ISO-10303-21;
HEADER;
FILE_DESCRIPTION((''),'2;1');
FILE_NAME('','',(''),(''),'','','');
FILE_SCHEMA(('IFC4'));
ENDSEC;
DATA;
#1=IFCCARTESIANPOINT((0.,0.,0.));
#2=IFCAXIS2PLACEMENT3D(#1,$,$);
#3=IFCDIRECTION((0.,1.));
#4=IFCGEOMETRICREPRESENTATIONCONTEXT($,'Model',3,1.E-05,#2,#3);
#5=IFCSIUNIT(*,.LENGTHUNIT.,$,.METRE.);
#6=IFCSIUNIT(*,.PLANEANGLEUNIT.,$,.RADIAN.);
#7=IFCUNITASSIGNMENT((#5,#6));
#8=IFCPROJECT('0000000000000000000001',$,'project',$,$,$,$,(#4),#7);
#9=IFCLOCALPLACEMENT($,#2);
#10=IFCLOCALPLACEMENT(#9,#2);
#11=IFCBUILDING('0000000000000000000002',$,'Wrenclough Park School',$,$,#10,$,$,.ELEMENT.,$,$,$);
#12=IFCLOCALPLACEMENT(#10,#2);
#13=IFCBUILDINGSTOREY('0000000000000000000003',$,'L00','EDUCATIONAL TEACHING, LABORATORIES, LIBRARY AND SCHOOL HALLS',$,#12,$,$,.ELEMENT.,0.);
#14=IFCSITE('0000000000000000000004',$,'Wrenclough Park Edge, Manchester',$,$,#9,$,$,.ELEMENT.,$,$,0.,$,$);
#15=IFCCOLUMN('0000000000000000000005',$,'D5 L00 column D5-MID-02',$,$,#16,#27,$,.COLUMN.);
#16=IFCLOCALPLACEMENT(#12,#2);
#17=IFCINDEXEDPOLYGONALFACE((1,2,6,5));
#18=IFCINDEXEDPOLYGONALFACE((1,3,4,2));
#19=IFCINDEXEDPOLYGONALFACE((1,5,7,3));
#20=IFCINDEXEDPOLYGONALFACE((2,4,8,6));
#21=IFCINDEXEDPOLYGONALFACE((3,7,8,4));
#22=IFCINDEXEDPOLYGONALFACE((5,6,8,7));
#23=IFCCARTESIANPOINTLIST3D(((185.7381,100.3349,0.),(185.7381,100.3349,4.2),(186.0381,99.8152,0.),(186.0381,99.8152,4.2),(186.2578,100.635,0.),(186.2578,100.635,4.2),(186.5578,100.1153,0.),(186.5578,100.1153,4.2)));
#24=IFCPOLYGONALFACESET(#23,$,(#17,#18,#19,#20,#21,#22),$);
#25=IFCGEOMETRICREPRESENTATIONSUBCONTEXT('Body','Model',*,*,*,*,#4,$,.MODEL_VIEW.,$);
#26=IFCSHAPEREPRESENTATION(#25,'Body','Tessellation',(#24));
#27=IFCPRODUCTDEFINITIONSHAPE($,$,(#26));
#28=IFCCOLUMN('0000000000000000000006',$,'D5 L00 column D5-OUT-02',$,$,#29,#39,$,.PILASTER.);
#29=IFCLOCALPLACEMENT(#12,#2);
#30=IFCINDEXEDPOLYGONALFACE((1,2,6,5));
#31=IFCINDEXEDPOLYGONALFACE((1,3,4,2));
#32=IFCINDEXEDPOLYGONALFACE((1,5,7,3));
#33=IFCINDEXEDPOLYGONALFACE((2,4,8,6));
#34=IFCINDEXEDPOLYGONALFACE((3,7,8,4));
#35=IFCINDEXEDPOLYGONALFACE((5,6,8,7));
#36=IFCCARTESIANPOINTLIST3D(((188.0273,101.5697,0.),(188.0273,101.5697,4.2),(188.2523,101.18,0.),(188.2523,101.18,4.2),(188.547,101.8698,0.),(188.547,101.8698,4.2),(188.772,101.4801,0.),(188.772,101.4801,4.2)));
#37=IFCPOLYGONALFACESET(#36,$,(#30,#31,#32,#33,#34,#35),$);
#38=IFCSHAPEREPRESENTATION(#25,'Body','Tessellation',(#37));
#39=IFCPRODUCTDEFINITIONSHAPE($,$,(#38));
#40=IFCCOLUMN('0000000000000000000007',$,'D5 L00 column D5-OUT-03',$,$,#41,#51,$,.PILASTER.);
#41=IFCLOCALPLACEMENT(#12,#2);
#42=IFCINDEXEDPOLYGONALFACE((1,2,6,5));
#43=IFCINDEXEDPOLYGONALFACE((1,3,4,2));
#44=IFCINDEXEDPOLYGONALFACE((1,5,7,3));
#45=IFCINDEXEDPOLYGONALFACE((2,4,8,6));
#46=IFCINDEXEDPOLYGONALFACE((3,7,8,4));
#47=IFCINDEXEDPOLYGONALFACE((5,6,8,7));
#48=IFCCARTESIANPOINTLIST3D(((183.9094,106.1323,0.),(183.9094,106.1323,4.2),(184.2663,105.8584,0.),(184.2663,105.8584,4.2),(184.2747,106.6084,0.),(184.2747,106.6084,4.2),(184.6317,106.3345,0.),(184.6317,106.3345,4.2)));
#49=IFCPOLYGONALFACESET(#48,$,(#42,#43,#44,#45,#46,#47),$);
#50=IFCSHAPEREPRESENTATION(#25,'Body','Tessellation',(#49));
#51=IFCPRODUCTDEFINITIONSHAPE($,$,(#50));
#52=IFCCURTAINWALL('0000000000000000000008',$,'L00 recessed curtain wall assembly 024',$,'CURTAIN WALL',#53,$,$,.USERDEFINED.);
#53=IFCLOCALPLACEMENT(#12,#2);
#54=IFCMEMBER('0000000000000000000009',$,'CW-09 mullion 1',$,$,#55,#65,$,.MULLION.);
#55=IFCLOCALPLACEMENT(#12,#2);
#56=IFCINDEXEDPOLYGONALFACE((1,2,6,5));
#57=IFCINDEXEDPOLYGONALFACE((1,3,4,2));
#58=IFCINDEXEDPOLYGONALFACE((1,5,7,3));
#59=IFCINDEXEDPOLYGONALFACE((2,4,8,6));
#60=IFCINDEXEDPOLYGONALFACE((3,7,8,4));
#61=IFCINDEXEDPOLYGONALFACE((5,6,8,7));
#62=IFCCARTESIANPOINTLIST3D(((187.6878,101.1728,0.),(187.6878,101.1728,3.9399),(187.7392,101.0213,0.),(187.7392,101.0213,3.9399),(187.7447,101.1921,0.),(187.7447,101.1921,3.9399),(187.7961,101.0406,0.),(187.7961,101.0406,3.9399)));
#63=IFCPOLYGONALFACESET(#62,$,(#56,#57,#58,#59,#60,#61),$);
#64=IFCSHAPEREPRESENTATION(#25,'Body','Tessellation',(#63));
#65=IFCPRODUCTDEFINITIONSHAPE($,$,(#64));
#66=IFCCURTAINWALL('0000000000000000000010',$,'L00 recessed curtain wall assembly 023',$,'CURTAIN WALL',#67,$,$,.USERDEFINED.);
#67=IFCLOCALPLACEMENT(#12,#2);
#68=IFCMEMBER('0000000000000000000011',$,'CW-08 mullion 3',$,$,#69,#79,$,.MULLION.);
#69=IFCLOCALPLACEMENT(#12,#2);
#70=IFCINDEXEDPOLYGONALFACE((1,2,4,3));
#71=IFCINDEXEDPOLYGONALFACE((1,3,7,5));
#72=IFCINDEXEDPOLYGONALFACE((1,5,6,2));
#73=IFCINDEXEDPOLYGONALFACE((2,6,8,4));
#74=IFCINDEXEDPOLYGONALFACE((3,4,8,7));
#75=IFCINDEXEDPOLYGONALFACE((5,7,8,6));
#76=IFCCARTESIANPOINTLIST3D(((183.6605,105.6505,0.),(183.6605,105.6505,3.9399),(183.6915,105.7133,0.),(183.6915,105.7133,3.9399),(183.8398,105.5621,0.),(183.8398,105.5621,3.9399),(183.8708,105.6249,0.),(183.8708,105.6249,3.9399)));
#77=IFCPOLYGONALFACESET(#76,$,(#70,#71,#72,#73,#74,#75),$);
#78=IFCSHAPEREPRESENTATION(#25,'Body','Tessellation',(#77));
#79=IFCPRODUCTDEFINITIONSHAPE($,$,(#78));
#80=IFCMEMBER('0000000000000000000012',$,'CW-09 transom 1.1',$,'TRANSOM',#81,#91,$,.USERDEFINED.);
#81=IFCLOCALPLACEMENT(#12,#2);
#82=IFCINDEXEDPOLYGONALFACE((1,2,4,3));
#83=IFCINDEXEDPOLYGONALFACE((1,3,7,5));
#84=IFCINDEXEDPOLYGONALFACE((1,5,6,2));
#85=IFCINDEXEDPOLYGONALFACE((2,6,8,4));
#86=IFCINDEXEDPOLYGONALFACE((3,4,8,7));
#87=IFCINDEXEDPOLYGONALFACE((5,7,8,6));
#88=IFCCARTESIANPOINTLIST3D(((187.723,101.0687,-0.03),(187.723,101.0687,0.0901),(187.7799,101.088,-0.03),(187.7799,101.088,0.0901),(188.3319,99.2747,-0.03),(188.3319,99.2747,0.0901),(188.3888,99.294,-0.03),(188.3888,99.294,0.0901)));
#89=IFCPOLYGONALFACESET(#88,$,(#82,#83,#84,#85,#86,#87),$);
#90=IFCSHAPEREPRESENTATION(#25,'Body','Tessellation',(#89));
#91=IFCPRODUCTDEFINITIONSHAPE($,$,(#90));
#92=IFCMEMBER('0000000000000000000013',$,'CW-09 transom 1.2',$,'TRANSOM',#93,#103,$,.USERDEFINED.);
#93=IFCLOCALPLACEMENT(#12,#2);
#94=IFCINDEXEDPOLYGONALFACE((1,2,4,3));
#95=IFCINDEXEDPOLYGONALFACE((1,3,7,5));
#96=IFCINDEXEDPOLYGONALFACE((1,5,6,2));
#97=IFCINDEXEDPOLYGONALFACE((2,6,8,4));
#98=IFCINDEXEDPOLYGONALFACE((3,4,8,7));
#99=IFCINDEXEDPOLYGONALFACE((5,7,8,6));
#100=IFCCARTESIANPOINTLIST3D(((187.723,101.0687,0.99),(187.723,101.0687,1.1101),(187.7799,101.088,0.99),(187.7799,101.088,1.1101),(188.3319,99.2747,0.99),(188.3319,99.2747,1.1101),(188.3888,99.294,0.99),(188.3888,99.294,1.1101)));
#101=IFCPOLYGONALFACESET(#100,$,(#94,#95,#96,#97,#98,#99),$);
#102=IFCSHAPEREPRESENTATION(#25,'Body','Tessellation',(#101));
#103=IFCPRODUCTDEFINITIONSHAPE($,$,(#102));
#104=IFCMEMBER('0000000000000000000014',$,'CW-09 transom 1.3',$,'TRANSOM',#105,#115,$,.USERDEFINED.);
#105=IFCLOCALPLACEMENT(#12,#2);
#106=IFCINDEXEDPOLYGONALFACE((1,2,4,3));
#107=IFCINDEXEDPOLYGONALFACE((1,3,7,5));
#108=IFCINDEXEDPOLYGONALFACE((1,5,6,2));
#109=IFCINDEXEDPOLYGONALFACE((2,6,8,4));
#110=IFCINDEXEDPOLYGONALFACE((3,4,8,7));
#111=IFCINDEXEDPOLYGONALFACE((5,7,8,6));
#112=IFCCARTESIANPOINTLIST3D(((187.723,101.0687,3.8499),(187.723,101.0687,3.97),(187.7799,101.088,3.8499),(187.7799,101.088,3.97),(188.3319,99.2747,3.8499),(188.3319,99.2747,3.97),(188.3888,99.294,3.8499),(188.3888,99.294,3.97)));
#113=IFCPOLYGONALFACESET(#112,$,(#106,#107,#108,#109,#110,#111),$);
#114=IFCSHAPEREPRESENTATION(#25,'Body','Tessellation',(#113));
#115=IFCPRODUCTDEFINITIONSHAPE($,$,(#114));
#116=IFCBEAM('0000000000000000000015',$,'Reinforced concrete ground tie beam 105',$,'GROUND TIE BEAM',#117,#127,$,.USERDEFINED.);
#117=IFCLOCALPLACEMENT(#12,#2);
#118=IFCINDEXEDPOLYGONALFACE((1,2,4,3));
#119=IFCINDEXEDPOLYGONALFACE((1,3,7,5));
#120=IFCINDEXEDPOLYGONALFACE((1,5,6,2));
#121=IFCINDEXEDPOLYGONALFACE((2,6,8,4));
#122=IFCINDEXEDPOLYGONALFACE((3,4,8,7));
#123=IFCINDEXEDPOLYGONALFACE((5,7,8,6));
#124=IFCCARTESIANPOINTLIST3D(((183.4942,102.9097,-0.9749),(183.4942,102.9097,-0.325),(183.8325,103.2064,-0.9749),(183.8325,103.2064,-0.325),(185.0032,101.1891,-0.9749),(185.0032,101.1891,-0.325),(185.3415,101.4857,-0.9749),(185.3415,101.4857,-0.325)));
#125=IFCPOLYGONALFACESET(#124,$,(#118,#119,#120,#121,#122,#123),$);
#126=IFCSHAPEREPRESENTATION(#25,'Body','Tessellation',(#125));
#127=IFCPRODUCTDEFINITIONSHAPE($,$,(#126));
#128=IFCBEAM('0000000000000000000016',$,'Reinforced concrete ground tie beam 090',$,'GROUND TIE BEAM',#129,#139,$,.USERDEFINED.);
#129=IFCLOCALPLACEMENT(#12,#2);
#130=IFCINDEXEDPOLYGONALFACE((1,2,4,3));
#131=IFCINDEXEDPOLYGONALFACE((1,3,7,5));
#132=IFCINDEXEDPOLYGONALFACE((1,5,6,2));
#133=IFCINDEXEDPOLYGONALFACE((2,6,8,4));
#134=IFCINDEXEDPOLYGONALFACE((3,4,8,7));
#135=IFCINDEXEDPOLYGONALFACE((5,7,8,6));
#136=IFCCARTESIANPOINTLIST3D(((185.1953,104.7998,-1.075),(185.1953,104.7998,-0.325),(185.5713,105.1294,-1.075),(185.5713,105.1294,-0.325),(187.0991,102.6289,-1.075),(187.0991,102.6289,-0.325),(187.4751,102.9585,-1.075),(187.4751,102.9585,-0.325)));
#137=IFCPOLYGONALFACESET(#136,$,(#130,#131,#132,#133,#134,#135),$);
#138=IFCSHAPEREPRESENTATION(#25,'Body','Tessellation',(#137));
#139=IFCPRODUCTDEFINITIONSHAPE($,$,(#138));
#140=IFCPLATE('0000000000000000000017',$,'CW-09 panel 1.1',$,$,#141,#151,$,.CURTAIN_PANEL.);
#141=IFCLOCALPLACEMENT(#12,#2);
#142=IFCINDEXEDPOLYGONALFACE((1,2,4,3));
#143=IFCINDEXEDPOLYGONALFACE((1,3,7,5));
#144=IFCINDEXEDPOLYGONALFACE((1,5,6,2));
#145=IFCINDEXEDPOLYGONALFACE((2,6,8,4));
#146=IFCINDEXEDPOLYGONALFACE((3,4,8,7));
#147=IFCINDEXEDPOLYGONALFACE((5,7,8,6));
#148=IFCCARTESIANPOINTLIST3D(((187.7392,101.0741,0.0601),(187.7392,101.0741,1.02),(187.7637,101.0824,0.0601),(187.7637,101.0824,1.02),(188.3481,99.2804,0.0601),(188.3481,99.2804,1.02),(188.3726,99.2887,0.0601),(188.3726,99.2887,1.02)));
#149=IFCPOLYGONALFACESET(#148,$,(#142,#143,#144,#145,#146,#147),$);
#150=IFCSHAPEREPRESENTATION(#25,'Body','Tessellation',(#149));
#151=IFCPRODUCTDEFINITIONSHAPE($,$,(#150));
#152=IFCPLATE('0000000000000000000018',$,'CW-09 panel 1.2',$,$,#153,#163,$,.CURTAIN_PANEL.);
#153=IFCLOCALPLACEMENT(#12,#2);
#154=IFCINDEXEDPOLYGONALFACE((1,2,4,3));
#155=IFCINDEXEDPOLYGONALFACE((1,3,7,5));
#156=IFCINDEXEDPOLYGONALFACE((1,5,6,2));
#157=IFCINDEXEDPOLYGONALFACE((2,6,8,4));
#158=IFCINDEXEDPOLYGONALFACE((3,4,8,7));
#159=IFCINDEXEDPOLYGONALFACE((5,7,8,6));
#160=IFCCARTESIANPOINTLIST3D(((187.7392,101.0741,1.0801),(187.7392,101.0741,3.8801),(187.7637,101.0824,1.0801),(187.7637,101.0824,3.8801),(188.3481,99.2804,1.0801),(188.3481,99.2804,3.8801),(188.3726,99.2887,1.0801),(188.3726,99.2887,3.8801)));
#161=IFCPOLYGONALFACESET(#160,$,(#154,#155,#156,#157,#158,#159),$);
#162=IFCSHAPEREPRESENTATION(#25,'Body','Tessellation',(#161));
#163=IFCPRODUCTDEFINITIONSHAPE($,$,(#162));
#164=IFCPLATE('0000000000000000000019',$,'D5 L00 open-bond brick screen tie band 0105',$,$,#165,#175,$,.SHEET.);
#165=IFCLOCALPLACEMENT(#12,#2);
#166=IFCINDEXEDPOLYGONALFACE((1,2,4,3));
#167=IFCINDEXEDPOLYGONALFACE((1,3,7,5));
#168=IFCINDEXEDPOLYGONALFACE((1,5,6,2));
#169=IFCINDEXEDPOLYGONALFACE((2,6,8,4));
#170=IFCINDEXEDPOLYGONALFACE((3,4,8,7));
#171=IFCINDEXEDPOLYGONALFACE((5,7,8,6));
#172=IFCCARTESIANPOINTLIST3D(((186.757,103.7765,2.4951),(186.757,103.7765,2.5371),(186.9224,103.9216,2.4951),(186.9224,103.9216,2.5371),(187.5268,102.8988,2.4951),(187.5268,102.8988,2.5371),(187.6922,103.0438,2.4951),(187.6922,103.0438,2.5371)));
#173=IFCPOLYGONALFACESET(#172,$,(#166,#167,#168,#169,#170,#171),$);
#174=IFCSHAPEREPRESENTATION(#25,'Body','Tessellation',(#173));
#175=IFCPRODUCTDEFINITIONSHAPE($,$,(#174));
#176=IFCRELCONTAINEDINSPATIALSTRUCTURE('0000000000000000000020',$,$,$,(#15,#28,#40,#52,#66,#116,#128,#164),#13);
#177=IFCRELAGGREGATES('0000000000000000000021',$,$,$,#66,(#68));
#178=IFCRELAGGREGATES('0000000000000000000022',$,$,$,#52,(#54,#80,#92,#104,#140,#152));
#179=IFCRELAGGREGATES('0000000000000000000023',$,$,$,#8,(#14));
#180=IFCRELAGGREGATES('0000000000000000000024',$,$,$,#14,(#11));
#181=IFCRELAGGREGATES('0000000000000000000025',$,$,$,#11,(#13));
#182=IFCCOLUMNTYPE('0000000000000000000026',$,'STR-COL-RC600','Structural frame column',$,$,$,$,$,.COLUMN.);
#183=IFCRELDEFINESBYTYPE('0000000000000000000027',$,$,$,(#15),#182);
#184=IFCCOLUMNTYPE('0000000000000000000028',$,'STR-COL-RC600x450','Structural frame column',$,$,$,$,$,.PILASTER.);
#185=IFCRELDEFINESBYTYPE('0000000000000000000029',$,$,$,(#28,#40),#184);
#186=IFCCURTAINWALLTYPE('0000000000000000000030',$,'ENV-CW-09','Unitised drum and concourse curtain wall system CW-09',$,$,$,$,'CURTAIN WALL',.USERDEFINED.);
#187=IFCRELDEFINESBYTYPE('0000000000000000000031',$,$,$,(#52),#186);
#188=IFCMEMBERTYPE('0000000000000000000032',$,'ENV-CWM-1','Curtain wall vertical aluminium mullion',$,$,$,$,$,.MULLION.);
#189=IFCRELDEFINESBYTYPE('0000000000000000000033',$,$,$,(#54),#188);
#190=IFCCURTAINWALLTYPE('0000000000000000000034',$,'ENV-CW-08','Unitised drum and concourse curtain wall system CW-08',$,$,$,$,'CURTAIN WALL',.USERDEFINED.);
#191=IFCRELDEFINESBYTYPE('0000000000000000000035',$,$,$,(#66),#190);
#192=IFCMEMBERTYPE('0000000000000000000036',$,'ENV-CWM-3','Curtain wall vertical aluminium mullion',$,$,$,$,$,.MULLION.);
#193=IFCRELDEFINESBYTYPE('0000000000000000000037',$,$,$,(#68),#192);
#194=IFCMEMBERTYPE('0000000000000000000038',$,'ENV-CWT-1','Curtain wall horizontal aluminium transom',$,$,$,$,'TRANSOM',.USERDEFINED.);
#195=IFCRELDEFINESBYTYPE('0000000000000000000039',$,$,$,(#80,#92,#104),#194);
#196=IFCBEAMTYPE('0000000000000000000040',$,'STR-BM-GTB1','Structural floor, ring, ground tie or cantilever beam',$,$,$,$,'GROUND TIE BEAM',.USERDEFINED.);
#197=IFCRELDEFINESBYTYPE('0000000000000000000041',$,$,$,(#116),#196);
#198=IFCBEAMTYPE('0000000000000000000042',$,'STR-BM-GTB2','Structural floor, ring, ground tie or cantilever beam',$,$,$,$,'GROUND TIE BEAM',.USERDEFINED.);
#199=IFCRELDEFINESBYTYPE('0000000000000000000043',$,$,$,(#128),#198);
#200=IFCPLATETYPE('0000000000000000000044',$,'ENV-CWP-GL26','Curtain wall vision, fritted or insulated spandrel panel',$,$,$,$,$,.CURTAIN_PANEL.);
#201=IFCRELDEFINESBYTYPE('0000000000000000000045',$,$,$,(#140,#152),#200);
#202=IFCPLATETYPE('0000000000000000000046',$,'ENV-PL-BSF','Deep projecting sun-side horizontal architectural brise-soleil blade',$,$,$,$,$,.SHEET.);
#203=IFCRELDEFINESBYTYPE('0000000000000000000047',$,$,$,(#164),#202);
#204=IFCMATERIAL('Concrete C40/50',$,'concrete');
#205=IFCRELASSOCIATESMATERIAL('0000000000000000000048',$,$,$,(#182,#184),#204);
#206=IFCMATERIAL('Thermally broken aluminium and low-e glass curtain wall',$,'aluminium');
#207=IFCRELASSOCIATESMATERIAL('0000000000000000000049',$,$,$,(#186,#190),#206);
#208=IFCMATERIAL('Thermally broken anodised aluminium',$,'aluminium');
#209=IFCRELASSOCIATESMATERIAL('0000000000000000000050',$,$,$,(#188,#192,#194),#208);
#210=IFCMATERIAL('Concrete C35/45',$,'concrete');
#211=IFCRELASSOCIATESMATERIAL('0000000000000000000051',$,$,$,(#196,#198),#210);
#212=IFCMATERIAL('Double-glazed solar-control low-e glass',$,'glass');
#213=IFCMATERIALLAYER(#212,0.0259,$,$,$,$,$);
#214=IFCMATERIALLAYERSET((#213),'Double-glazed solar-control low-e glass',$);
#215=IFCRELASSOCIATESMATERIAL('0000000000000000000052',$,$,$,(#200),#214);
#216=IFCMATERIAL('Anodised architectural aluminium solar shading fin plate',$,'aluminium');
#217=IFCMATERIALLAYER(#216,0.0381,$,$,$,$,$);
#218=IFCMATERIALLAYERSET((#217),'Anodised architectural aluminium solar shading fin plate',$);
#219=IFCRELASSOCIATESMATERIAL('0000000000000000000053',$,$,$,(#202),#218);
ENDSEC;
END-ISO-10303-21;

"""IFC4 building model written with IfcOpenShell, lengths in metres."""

from ifc_helpers import new_model, si_unit, direction, frame, origin, origin_2d, place, context, subcontext, project, spatial, rectangle, extrude, material, layer, layer_set, material_profile, profile_set, type_object, element, aggregate, save


model = new_model("IFC4")

# Units and contexts
model_context = context("Model", 3, precision=1e-05, world=origin(), true_north=direction((0.0, 1.0)))
body_context = subcontext(model_context, "Body", "Model", "MODEL_VIEW")
ifc_project = project(units=[si_unit("LENGTHUNIT", "METRE"), si_unit("PLANEANGLEUNIT", "RADIAN")], contexts=[model_context])

# Site, building, storey
site_placement = place(None, origin())
site = spatial("IfcSite", under=ifc_project, at=site_placement, Name="Wrenclough Park Edge, Manchester", CompositionType="ELEMENT", RefElevation=0.0)
building_placement = place(site_placement, origin())
building = spatial("IfcBuilding", under=site, at=building_placement, Name="Wrenclough Park School", CompositionType="ELEMENT")
storey_placement = place(building_placement, origin())
storey = spatial("IfcBuildingStorey", under=building, at=storey_placement, Name="L00", Description="EDUCATIONAL TEACHING, LABORATORIES, LIBRARY AND SCHOOL HALLS", CompositionType="ELEMENT", Elevation=0.0)

# Shared definitions
ifc_material_1 = material(Name="Concrete C35/45", Category="concrete")

# Columns
ifc_material_2 = material(Name="Concrete C40/50", Category="concrete")
ifc_material_profile_1 = material_profile(ifc_material_2, rectangle(XDim=0.6001, YDim=0.6001, at=origin_2d()), Name="RC COL 600x600")
ifc_profile_set_1 = profile_set([ifc_material_profile_1], Name="Concrete C40/50")
column_type_1 = type_object("IfcColumnType", Name="STR-COL-RC600", Description="Structural frame column", PredefinedType="COLUMN", material=ifc_profile_set_1)
column_placement = place(storey_placement, frame((186.1479, 100.2251, 0.0), z_axis=(0.0, 0.0, 1.0), x_axis=(-0.5, 0.866025, 0.0)))
element("IfcColumn", 1, at=column_placement, inside=storey, type_object=column_type_1, Name="D5 L00 column D5-MID-02", PredefinedType="COLUMN", context=body_context, shape_type="SweptSolid", body=[
    extrude(rectangle(XDim=0.6001, YDim=0.6001, at=origin_2d()), origin(), (0.0, 0.0, 1.0), 4.2),
])
ifc_material_profile_2 = material_profile(ifc_material_2, rectangle(XDim=0.45, YDim=0.6001, at=origin_2d()), Name="RC COL 600x450")
ifc_profile_set_2 = profile_set([ifc_material_profile_2], Name="Concrete C40/50")
column_type_2 = type_object("IfcColumnType", Name="STR-COL-RC600x450", Description="Structural frame column", PredefinedType="PILASTER", material=ifc_profile_set_2)
for number, where, z_axis, x_axis, name in (
    (2, (188.3997, 101.5249, 0.0), (0.0, 0.0, 1.0), (-0.5, 0.866025, 0.0), "D5 L00 column D5-OUT-02"),
    (3, (184.2705, 106.2334, 0.0), (0.0, 0.0, 1.0), (-0.793353, 0.608761, 0.0), "D5 L00 column D5-OUT-03"),
):
    element("IfcColumn", number, at=place(storey_placement, frame(where, z_axis=z_axis, x_axis=x_axis)), inside=storey, type_object=column_type_2, Name=name, PredefinedType="PILASTER", context=body_context, shape_type="SweptSolid", body=[
        extrude(rectangle(XDim=0.45, YDim=0.6001, at=origin_2d()), origin(), (0.0, 0.0, 1.0), 4.2),
    ])

# Curtain walls, members
ifc_material_3 = material(Name="Thermally broken aluminium and low-e glass curtain wall", Category="aluminium")
curtain_wall_type_1 = type_object("IfcCurtainWallType", Name="ENV-CW-09", Description="Unitised drum and concourse curtain wall system CW-09", ElementType="CURTAIN WALL", PredefinedType="USERDEFINED", material=ifc_material_3)
curtain_wall_1_placement = place(storey_placement, origin())
curtain_wall_1 = element("IfcCurtainWall", 4, at=curtain_wall_1_placement, inside=storey, type_object=curtain_wall_type_1, Name="L00 recessed curtain wall assembly 024", ObjectType="CURTAIN WALL", PredefinedType="USERDEFINED")
ifc_material_4 = material(Name="Thermally broken anodised aluminium", Category="aluminium")
ifc_material_profile_3 = material_profile(ifc_material_4, rectangle(XDim=0.0601, YDim=0.1599, at=origin_2d()), Name="AL MULLION 60x160")
ifc_profile_set_3 = profile_set([ifc_material_profile_3], Name="Thermally broken anodised aluminium")
member_type_1 = type_object("IfcMemberType", Name="ENV-CWM-1", Description="Curtain wall vertical aluminium mullion", PredefinedType="MULLION", material=ifc_profile_set_3)
member_1_placement = place(storey_placement, frame((187.7419, 101.1067, 0.0), z_axis=(0.0, 0.0, 1.0), x_axis=(0.946934, 0.321429, 0.0)))
member_1 = element("IfcMember", 5, at=member_1_placement, type_object=member_type_1, Name="CW-09 mullion 1", PredefinedType="MULLION", context=body_context, shape_type="SweptSolid", body=[
    extrude(rectangle(XDim=0.0601, YDim=0.1599, at=origin_2d()), origin(), (0.0, 0.0, 1.0), 3.9399),
])
curtain_wall_type_2 = type_object("IfcCurtainWallType", Name="ENV-CW-08", Description="Unitised drum and concourse curtain wall system CW-08", ElementType="CURTAIN WALL", PredefinedType="USERDEFINED", material=ifc_material_3)
curtain_wall_2_placement = place(storey_placement, origin())
curtain_wall_2 = element("IfcCurtainWall", 6, at=curtain_wall_2_placement, inside=storey, type_object=curtain_wall_type_2, Name="L00 recessed curtain wall assembly 023", ObjectType="CURTAIN WALL", PredefinedType="USERDEFINED")
ifc_material_profile_4 = material_profile(ifc_material_4, rectangle(XDim=0.0701, YDim=0.2, at=origin_2d()), Name="AL MULLION 70x200")
ifc_profile_set_4 = profile_set([ifc_material_profile_4], Name="Thermally broken anodised aluminium")
member_type_2 = type_object("IfcMemberType", Name="ENV-CWM-3", Description="Curtain wall vertical aluminium mullion", PredefinedType="MULLION", material=ifc_profile_set_4)
member_2_placement = place(storey_placement, frame((183.7656, 105.6377, 0.0), z_axis=(0.0, 0.0, 1.0), x_axis=(0.442302, 0.896866, 0.0)))
member_2 = element("IfcMember", 7, at=member_2_placement, type_object=member_type_2, Name="CW-08 mullion 3", PredefinedType="MULLION", context=body_context, shape_type="SweptSolid", body=[
    extrude(rectangle(XDim=0.0701, YDim=0.2, at=origin_2d()), origin(), (0.0, 0.0, 1.0), 3.9399),
])
aggregate(curtain_wall_2, [member_2])

# Members
ifc_material_profile_5 = material_profile(ifc_material_4, rectangle(XDim=0.0601, YDim=0.1201, at=origin_2d()), Name="AL TRANSOM 60x120")
ifc_profile_set_5 = profile_set([ifc_material_profile_5], Name="Thermally broken anodised aluminium")
member_type_3 = type_object("IfcMemberType", Name="ENV-CWT-1", Description="Curtain wall horizontal aluminium transom", ElementType="TRANSOM", PredefinedType="USERDEFINED", material=ifc_profile_set_5)
member_3_placement = place(storey_placement, frame((187.7515, 101.0784, 0.03), z_axis=(0.321404, -0.946942, 0.0), x_axis=(0.946942, 0.321404, 0.0)))
member_3 = element("IfcMember", 8, at=member_3_placement, type_object=member_type_3, Name="CW-09 transom 1.1", ObjectType="TRANSOM", PredefinedType="USERDEFINED", context=body_context, shape_type="SweptSolid", body=[
    extrude(rectangle(XDim=0.0601, YDim=0.1201, at=origin_2d()), origin(), (0.0, 0.0, 1.0), 1.8945),
])
member_4_placement = place(storey_placement, frame((187.7515, 101.0784, 1.05), z_axis=(0.321404, -0.946942, 0.0), x_axis=(0.946942, 0.321404, 0.0)))
member_4 = element("IfcMember", 9, at=member_4_placement, type_object=member_type_3, Name="CW-09 transom 1.2", ObjectType="TRANSOM", PredefinedType="USERDEFINED", context=body_context, shape_type="SweptSolid", body=[
    extrude(rectangle(XDim=0.0601, YDim=0.1201, at=origin_2d()), origin(), (0.0, 0.0, 1.0), 1.8945),
])
member_5_placement = place(storey_placement, frame((187.7515, 101.0784, 3.9099), z_axis=(0.321404, -0.946942, 0.0), x_axis=(0.946942, 0.321404, 0.0)))
member_5 = element("IfcMember", 10, at=member_5_placement, type_object=member_type_3, Name="CW-09 transom 1.3", ObjectType="TRANSOM", PredefinedType="USERDEFINED", context=body_context, shape_type="SweptSolid", body=[
    extrude(rectangle(XDim=0.0601, YDim=0.1201, at=origin_2d()), origin(), (0.0, 0.0, 1.0), 1.8945),
])

# Beams
ifc_material_profile_6 = material_profile(ifc_material_1, rectangle(XDim=0.45, YDim=0.6499, at=origin_2d()), Name="RC GROUND 450x650")
ifc_profile_set_6 = profile_set([ifc_material_profile_6], Name="Concrete C35/45")
beam_type_1 = type_object("IfcBeamType", Name="STR-BM-GTB1", Description="Structural floor, ring, ground tie or cantilever beam", ElementType="GROUND TIE BEAM", PredefinedType="USERDEFINED", material=ifc_profile_set_6)
beam_1_placement = place(storey_placement, frame((185.1724, 101.3374, -0.6499), z_axis=(-0.65935, 0.751836, 0.0), x_axis=(-0.751836, -0.65935, 0.0)))
element("IfcBeam", 11, at=beam_1_placement, inside=storey, type_object=beam_type_1, Name="Reinforced concrete ground tie beam 105", ObjectType="GROUND TIE BEAM", PredefinedType="USERDEFINED", context=body_context, shape_type="SweptSolid", body=[
    extrude(rectangle(XDim=0.45, YDim=0.6499, at=origin_2d()), origin(), (0.0, 0.0, 1.0), 2.2886),
])
ifc_material_profile_7 = material_profile(ifc_material_1, rectangle(XDim=0.5, YDim=0.75, at=origin_2d()), Name="RC GROUND 500x750")
ifc_profile_set_7 = profile_set([ifc_material_profile_7], Name="Concrete C35/45")
beam_type_2 = type_object("IfcBeamType", Name="STR-BM-GTB2", Description="Structural floor, ring, ground tie or cantilever beam", ElementType="GROUND TIE BEAM", PredefinedType="USERDEFINED", material=ifc_profile_set_7)
beam_2_placement = place(storey_placement, frame((187.2871, 102.7937, -0.7), z_axis=(-0.659342, 0.751843, 0.0), x_axis=(-0.751843, -0.659342, 0.0)))
element("IfcBeam", 12, at=beam_2_placement, inside=storey, type_object=beam_type_2, Name="Reinforced concrete ground tie beam 090", ObjectType="GROUND TIE BEAM", PredefinedType="USERDEFINED", context=body_context, shape_type="SweptSolid", body=[
    extrude(rectangle(XDim=0.5, YDim=0.75, at=origin_2d()), origin(), (0.0, 0.0, 1.0), 2.8875),
])

# Plates
ifc_material_5 = material(Name="Double-glazed solar-control low-e glass", Category="glass")
ifc_layer_1 = layer(ifc_material_5, 0.0259)
ifc_layer_set_1 = layer_set([ifc_layer_1], Name="Double-glazed solar-control low-e glass")
plate_type_1 = type_object("IfcPlateType", Name="ENV-CWP-GL26", Description="Curtain wall vision, fritted or insulated spandrel panel", PredefinedType="CURTAIN_PANEL", material=ifc_layer_set_1)
plate_1_placement = place(storey_placement, frame((188.0559, 100.1814, 0.0601), z_axis=(0.0, 0.0, 1.0), x_axis=(0.321429, -0.946934, 0.0)))
plate_1 = element("IfcPlate", 13, at=plate_1_placement, type_object=plate_type_1, Name="CW-09 panel 1.1", PredefinedType="CURTAIN_PANEL", context=body_context, shape_type="SweptSolid", body=[
    extrude(rectangle(XDim=1.8943, YDim=0.0259, at=origin_2d()), origin(), (0.0, 0.0, 1.0), 0.96),
])
plate_2_placement = place(storey_placement, frame((188.0559, 100.1814, 1.0801), z_axis=(0.0, 0.0, 1.0), x_axis=(0.321429, -0.946934, 0.0)))
plate_2 = element("IfcPlate", 14, at=plate_2_placement, type_object=plate_type_1, Name="CW-09 panel 1.2", PredefinedType="CURTAIN_PANEL", context=body_context, shape_type="SweptSolid", body=[
    extrude(rectangle(XDim=1.8943, YDim=0.0259, at=origin_2d()), origin(), (0.0, 0.0, 1.0), 2.8),
])
aggregate(curtain_wall_1, [member_1, member_3, member_4, member_5, plate_1, plate_2])

# Plate
ifc_material_6 = material(Name="Anodised architectural aluminium solar shading fin plate", Category="aluminium")
ifc_layer_2 = layer(ifc_material_6, 0.0381)
ifc_layer_set_2 = layer_set([ifc_layer_2], Name="Anodised architectural aluminium solar shading fin plate")
plate_type_2 = type_object("IfcPlateType", Name="ENV-PL-BSF", Description="Deep projecting sun-side horizontal architectural brise-soleil blade", PredefinedType="SHEET", material=ifc_layer_set_2)
for number, where, z_axis, x_axis, name in (
    (15, (187.2246, 103.4102, 2.4951), (0.0, 0.0, 1.0), (-0.659349, 0.751837, 0.0), "D5 L00 open-bond brick screen tie band 0105"),
):
    element("IfcPlate", number, at=place(storey_placement, frame(where, z_axis=z_axis, x_axis=x_axis)), inside=storey, type_object=plate_type_2, Name=name, PredefinedType="SHEET", context=body_context, shape_type="SweptSolid", body=[
        extrude(rectangle(XDim=1.1675, YDim=0.22, at=origin_2d()), origin(), (0.0, 0.0, 1.0), 0.042),
    ])

save(model, "model.ifc")
